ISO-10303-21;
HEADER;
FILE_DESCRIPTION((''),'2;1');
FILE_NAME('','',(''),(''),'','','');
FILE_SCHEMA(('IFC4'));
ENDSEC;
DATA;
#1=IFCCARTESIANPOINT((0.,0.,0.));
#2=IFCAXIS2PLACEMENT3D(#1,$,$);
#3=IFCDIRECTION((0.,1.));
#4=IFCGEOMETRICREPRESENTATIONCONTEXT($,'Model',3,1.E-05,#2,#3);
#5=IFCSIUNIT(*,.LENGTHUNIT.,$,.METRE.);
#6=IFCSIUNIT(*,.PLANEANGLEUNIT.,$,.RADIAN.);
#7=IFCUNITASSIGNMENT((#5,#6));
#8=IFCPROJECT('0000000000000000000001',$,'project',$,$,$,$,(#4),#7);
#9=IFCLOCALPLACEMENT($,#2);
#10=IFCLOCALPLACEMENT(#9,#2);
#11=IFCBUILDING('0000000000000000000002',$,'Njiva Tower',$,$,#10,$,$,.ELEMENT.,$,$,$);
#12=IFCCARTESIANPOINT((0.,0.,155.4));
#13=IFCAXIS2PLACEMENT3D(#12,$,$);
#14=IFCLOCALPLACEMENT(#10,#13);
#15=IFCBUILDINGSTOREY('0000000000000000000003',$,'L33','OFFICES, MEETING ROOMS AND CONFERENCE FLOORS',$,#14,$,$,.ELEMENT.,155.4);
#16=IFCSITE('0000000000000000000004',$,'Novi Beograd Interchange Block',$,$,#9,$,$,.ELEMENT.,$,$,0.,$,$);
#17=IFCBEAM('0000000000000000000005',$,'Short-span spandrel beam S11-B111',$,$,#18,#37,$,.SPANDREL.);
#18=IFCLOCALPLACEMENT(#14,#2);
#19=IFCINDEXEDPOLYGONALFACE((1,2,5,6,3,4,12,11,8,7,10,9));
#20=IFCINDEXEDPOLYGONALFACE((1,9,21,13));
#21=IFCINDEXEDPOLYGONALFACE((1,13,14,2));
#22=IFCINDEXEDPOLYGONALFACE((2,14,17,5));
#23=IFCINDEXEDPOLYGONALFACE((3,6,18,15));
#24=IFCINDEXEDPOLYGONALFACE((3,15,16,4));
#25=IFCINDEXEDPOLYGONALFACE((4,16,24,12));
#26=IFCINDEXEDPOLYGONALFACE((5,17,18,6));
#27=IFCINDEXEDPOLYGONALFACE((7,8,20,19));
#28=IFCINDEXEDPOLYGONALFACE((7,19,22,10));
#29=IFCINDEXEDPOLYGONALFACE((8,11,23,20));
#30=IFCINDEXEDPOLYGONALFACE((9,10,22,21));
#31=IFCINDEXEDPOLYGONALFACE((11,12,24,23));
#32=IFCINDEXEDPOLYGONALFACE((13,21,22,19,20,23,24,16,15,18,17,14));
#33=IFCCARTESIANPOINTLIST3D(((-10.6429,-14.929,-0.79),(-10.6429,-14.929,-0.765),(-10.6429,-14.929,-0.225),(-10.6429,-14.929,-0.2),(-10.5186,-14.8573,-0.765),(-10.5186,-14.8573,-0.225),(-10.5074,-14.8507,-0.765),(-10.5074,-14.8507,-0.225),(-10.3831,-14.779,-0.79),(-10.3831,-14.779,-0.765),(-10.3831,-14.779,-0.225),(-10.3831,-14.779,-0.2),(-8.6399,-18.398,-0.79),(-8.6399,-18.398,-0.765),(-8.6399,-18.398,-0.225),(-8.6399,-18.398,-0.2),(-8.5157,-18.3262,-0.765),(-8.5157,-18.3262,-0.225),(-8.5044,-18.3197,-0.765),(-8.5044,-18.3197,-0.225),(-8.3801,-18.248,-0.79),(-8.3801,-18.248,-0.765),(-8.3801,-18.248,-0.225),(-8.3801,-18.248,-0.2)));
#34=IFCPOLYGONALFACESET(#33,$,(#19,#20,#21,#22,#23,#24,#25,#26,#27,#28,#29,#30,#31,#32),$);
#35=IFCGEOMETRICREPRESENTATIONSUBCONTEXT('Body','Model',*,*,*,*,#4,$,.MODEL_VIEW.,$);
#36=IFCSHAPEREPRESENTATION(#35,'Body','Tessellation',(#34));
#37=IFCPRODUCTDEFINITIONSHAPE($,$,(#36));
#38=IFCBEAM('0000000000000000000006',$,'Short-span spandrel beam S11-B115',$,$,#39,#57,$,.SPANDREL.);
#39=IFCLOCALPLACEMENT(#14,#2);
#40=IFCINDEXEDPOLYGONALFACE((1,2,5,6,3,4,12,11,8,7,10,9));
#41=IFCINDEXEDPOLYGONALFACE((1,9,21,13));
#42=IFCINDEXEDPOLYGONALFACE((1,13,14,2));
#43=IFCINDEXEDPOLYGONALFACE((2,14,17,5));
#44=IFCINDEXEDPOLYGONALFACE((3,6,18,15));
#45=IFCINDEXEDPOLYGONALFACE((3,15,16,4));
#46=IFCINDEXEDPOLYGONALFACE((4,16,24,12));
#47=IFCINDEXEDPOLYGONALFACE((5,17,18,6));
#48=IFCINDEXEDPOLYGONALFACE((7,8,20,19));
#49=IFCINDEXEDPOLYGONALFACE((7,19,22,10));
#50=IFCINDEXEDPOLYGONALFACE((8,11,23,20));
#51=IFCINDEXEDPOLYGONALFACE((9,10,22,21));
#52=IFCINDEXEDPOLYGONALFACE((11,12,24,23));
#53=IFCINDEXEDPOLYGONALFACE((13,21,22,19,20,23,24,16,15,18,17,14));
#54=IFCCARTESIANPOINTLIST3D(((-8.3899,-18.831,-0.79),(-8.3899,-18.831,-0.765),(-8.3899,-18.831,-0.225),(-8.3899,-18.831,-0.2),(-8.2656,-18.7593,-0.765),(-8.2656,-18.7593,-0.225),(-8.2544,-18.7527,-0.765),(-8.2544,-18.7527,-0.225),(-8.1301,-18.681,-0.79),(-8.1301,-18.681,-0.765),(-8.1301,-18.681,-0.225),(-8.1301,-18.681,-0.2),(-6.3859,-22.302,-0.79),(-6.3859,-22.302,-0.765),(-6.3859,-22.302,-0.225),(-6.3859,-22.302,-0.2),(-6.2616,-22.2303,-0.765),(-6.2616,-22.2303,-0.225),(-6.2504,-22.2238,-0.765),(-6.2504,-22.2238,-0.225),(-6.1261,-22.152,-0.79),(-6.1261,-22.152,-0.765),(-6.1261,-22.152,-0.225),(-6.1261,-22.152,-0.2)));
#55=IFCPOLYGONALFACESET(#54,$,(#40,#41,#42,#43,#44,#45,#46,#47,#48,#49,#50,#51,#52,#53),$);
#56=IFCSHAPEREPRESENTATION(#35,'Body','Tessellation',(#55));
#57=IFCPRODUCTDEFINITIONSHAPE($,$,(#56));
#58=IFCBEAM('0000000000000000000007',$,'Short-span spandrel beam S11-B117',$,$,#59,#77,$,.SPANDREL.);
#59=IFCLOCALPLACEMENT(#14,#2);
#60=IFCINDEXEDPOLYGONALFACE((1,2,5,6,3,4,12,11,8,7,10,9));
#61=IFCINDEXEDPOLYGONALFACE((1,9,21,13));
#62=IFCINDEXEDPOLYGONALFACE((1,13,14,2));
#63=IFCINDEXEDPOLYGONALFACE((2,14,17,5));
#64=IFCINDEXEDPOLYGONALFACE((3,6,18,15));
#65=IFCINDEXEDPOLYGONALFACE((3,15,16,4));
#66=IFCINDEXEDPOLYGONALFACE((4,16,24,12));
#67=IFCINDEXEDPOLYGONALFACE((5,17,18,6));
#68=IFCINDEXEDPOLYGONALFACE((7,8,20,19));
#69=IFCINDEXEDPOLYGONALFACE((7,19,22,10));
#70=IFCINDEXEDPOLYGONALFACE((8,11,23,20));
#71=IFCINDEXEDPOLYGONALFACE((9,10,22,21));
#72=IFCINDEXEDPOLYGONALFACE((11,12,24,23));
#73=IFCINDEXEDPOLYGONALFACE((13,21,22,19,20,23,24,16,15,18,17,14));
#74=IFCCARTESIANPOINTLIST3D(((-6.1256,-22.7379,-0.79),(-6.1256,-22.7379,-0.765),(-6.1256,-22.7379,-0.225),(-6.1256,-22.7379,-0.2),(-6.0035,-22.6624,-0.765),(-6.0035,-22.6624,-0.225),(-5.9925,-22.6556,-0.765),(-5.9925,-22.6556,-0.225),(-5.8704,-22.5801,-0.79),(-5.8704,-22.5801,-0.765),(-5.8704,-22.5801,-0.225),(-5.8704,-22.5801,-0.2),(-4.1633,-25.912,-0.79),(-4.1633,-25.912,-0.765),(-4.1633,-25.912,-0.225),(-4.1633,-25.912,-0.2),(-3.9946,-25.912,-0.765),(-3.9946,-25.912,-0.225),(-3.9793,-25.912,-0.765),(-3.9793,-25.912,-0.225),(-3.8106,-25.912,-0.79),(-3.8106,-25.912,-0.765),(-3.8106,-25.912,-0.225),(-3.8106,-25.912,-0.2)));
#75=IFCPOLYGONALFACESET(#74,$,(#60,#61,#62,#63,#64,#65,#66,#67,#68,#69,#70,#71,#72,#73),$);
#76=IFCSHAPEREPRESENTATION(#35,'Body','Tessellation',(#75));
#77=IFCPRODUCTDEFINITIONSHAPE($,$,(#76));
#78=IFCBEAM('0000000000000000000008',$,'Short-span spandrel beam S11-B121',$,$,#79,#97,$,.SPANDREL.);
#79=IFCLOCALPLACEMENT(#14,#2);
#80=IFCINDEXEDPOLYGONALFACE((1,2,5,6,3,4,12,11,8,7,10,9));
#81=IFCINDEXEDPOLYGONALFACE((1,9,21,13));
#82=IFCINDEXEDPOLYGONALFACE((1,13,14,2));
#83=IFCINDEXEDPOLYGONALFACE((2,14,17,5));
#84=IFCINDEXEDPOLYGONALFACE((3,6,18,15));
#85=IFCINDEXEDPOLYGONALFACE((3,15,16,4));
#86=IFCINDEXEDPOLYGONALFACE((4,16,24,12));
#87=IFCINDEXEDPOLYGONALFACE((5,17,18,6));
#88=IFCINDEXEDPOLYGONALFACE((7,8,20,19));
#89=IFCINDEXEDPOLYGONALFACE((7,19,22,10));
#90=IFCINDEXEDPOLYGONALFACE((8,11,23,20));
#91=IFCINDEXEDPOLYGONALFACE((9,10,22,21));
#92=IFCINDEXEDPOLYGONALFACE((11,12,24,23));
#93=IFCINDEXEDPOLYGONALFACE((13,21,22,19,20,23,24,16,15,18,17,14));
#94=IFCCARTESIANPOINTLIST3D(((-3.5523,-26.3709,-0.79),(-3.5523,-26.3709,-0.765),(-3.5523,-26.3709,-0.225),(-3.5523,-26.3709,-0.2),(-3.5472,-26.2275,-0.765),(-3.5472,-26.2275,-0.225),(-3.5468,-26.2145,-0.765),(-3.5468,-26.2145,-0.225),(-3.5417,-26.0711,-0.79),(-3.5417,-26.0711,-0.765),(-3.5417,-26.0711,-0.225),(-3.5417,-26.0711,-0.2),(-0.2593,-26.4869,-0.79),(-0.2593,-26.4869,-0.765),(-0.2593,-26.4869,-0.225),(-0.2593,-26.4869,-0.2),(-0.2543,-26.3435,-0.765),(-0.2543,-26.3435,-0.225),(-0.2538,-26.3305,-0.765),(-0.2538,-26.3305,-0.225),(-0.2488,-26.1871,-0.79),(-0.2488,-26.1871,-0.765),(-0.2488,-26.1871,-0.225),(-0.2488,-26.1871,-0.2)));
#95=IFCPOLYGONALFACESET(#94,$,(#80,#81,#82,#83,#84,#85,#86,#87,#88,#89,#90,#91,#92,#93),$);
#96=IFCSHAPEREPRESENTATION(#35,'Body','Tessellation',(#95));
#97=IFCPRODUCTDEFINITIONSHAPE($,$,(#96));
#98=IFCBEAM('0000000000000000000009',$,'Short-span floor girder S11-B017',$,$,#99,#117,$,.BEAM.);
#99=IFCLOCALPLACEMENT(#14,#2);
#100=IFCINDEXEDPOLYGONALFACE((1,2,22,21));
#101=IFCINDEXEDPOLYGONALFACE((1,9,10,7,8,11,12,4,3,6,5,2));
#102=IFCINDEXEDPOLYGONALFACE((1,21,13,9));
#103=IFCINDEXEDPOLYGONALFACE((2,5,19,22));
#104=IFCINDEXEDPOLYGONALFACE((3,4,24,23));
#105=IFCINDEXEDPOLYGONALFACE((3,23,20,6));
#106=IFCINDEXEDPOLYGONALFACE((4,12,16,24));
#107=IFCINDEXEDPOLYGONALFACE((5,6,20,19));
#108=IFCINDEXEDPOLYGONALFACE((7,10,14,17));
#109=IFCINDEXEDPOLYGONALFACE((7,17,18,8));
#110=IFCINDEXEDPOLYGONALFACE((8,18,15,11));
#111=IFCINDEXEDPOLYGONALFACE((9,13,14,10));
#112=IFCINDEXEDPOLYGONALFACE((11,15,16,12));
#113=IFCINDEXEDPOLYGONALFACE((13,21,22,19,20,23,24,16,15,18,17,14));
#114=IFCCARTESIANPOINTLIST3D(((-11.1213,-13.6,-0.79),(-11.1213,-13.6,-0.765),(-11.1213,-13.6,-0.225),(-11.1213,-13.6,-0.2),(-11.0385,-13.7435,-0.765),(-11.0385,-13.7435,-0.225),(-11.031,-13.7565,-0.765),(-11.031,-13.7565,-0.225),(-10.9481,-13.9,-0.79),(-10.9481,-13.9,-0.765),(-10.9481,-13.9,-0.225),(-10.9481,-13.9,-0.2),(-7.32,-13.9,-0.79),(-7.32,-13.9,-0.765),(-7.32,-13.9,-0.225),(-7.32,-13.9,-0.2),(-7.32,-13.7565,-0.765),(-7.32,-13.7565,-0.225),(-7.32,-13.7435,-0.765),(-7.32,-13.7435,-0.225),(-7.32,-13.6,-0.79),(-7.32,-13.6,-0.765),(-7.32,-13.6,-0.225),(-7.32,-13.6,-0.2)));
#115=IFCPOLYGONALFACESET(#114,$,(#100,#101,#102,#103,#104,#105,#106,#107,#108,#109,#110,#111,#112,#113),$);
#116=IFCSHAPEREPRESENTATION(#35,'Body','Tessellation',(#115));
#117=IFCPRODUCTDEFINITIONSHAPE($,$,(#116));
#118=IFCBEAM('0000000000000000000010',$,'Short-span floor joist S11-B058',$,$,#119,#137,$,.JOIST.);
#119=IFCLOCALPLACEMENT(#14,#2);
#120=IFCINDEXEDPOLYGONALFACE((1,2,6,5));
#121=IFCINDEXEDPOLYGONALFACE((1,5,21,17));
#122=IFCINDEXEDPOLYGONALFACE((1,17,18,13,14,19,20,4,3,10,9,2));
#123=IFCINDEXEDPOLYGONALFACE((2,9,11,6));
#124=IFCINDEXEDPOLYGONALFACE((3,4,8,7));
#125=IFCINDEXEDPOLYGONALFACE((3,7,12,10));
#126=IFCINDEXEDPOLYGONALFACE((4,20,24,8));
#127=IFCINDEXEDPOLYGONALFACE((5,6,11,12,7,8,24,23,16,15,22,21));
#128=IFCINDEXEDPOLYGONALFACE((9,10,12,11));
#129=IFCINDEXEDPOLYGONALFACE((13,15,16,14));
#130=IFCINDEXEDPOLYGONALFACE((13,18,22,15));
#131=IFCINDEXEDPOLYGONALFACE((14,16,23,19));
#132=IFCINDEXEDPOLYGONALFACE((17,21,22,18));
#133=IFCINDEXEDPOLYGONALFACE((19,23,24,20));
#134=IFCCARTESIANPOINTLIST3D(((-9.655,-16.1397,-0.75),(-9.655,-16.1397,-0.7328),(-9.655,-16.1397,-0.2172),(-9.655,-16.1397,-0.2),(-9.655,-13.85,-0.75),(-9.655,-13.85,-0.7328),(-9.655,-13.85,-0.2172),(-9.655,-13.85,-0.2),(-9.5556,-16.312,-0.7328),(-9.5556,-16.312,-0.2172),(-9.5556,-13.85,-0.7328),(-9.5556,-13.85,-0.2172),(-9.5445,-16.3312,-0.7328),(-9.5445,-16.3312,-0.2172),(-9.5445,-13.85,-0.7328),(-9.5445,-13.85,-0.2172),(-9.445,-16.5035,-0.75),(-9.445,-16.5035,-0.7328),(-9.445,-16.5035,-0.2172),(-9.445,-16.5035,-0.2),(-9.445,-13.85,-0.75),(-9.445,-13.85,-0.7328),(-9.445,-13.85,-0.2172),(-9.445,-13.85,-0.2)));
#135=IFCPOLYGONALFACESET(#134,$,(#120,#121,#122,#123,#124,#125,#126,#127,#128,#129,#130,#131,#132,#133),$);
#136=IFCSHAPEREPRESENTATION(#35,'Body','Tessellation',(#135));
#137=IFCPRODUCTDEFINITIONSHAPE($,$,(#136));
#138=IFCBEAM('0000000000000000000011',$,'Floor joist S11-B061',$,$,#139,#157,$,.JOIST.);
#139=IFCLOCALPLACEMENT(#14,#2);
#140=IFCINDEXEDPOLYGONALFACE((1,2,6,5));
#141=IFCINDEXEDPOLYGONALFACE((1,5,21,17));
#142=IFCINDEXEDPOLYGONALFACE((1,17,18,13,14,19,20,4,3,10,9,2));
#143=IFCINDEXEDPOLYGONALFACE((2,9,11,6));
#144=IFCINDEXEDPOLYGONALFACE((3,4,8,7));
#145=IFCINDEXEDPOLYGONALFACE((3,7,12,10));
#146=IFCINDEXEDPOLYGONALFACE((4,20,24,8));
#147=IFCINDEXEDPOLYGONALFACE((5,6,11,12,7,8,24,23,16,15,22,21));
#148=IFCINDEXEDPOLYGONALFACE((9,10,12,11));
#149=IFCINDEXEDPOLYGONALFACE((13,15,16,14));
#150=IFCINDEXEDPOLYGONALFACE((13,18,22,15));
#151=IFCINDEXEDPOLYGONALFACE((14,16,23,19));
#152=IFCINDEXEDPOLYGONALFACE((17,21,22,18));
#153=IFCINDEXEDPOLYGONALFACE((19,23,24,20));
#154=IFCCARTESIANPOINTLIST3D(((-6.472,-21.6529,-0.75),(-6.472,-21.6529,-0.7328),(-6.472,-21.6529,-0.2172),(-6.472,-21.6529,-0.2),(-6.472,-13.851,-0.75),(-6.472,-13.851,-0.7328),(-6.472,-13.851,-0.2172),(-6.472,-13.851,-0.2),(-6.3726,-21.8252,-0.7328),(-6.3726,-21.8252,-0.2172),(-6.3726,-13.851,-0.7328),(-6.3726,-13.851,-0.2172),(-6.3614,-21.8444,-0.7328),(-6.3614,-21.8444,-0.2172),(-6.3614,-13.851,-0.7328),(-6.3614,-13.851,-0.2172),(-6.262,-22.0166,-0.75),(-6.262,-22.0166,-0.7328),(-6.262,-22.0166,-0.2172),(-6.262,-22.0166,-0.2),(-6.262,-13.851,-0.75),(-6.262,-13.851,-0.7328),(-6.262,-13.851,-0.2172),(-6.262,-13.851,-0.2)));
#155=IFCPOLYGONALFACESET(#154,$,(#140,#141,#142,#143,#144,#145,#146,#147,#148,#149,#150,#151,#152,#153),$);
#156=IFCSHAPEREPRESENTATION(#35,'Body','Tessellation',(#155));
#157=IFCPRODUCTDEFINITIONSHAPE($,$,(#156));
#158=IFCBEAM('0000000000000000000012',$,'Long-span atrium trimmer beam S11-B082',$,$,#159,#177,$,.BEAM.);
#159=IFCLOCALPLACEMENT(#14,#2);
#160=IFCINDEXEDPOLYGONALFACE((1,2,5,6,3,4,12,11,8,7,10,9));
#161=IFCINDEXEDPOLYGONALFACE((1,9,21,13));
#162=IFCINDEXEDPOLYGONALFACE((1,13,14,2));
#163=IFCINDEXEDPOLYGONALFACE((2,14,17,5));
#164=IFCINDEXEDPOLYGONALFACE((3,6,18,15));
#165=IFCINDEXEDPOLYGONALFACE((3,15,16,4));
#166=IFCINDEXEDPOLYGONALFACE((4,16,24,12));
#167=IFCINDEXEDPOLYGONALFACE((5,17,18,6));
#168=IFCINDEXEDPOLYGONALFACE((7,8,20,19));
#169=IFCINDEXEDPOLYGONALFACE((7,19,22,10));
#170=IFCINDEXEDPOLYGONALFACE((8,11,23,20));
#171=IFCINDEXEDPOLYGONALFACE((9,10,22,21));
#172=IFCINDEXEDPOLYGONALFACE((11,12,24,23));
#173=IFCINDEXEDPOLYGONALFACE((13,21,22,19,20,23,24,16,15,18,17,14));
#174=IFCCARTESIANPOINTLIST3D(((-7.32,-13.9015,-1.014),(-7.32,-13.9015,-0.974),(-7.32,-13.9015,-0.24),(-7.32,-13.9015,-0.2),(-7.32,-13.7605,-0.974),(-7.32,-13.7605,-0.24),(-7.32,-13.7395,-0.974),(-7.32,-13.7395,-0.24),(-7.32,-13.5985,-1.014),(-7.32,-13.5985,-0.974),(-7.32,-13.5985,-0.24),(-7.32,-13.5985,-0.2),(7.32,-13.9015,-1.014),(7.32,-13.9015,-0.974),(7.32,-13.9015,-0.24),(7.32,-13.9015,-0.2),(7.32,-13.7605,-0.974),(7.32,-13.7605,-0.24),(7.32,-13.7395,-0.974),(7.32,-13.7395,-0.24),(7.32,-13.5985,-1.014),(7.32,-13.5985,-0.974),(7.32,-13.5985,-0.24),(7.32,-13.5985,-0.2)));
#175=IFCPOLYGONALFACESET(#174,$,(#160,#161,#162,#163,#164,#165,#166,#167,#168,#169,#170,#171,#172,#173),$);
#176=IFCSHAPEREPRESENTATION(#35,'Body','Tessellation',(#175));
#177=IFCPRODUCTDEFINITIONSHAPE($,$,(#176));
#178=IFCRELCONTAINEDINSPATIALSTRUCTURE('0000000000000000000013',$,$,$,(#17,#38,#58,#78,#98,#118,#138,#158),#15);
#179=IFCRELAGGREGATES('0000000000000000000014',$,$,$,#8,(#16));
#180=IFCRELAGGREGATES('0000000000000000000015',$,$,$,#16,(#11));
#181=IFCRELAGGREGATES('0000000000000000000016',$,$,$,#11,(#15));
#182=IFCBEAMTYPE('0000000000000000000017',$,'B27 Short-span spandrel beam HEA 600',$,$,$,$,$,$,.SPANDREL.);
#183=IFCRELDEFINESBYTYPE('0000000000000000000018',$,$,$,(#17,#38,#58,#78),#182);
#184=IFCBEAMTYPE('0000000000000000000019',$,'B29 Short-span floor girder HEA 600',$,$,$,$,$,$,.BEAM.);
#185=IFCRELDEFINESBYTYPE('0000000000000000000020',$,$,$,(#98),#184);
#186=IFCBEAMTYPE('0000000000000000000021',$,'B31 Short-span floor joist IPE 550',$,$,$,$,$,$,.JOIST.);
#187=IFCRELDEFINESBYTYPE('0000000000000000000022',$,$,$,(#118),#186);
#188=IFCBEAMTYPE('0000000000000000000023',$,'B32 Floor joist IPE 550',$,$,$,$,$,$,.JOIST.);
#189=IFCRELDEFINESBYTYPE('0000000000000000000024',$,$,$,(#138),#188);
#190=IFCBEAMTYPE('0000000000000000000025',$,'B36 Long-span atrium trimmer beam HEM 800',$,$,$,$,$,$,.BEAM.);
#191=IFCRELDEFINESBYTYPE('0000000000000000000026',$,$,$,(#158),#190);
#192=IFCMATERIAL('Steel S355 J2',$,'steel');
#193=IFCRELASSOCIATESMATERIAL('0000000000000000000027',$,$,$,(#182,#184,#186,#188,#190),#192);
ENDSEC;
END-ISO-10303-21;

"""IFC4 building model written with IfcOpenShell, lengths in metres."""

from ifc_helpers import new_model, si_unit, direction, frame, origin, origin_2d, place, context, subcontext, project, spatial, i_section, extrude, clip, halfspace, material, material_profile, profile_set, type_object, element, save


model = new_model("IFC4")

# Units and contexts
model_context = context("Model", 3, precision=1e-05, world=origin(), true_north=direction((0.0, 1.0)))
body_context = subcontext(model_context, "Body", "Model", "MODEL_VIEW")
ifc_project = project(units=[si_unit("LENGTHUNIT", "METRE"), si_unit("PLANEANGLEUNIT", "RADIAN")], contexts=[model_context])

# Site, building, storey
site_placement = place(None, origin())
site = spatial("IfcSite", under=ifc_project, at=site_placement, Name="Novi Beograd Interchange Block", CompositionType="ELEMENT", RefElevation=0.0)
building_placement = place(site_placement, origin())
building = spatial("IfcBuilding", under=site, at=building_placement, Name="Njiva Tower", CompositionType="ELEMENT")
storey_placement = place(building_placement, frame((0.0, 0.0, 155.4)))
storey = spatial("IfcBuildingStorey", under=building, at=storey_placement, Name="L33", Description="OFFICES, MEETING ROOMS AND CONFERENCE FLOORS", CompositionType="ELEMENT", Elevation=155.4)

# Shared definitions
ifc_material_1 = material(Name="Steel S355 J2", Category="steel")

# Beams
ifc_material_profile_1 = material_profile(ifc_material_1, i_section(OverallWidth=0.3, OverallDepth=0.59, WebThickness=0.013, FlangeThickness=0.025, at=origin_2d()), Name="HEA 600")
ifc_profile_set_1 = profile_set([ifc_material_profile_1], Name="Steel S355 J2")
beam_type_1 = type_object("IfcBeamType", Name="B27 Short-span spandrel beam HEA 600", PredefinedType="SPANDREL", material=ifc_profile_set_1)
beam_1_placement = place(storey_placement, frame((-10.513, -14.854, -0.495), z_axis=(0.500032, -0.866007, 0.0), x_axis=(0.866007, 0.500032, 0.0)))
element("IfcBeam", 1, at=beam_1_placement, inside=storey, type_object=beam_type_1, Name="Short-span spandrel beam S11-B111", PredefinedType="SPANDREL", context=body_context, shape_type="SweptSolid", body=[
    extrude(i_section(OverallWidth=0.3, OverallDepth=0.59, WebThickness=0.013, FlangeThickness=0.025, at=origin_2d()), origin(), (0.0, 0.0, 1.0), 4.0057),
])
beam_2_placement = place(storey_placement, frame((-8.26, -18.756, -0.495), z_axis=(0.500003, -0.866024, 0.0), x_axis=(0.866024, 0.500003, 0.0)))
element("IfcBeam", 2, at=beam_2_placement, inside=storey, type_object=beam_type_1, Name="Short-span spandrel beam S11-B115", PredefinedType="SPANDREL", context=body_context, shape_type="SweptSolid", body=[
    extrude(i_section(OverallWidth=0.3, OverallDepth=0.59, WebThickness=0.013, FlangeThickness=0.025, at=origin_2d()), origin(), (0.0, 0.0, 1.0), 4.008),
])
beam_3_placement = place(storey_placement, frame((-5.998, -22.659, -0.495), z_axis=(0.525832, -0.850588, 0.0), x_axis=(0.850588, 0.525832, 0.0)))
element("IfcBeam", 3, at=beam_3_placement, inside=storey, type_object=beam_type_1, Name="Short-span spandrel beam S11-B117", PredefinedType="SPANDREL", context=body_context, shape_type="Clipping", body=[
    clip(extrude(i_section(OverallWidth=0.3, OverallDepth=0.59, WebThickness=0.013, FlangeThickness=0.025, at=origin_2d()), origin(), (0.0, 0.0, 1.0), 3.9374), halfspace(frame((-0.0263, 0.0, 3.8082), z_axis=(-0.525832, 0.0, 0.850588), x_axis=(0.0, 1.0, 0.0)), False)),
])
beam_4_placement = place(storey_placement, frame((-3.547, -26.221, -0.495), z_axis=(0.99938, -0.035204, 0.0), x_axis=(0.035204, 0.99938, 0.0)))
element("IfcBeam", 4, at=beam_4_placement, inside=storey, type_object=beam_type_1, Name="Short-span spandrel beam S11-B121", PredefinedType="SPANDREL", context=body_context, shape_type="SweptSolid", body=[
    extrude(i_section(OverallWidth=0.3, OverallDepth=0.59, WebThickness=0.013, FlangeThickness=0.025, at=origin_2d()), origin(), (0.0, 0.0, 1.0), 3.295),
])
ifc_material_profile_2 = material_profile(ifc_material_1, i_section(OverallWidth=0.3, OverallDepth=0.59, WebThickness=0.013, FlangeThickness=0.025, at=origin_2d()), Name="HEA 600")
ifc_profile_set_2 = profile_set([ifc_material_profile_2], Name="Steel S355 J2")
beam_type_2 = type_object("IfcBeamType", Name="B29 Short-span floor girder HEA 600", PredefinedType="BEAM", material=ifc_profile_set_2)
beam_5_placement = place(storey_placement, frame((-11.142, -13.75, -0.495), z_axis=(1.0, 0.0, 0.0), x_axis=(0.0, 1.0, 0.0)))
element("IfcBeam", 5, at=beam_5_placement, inside=storey, type_object=beam_type_2, Name="Short-span floor girder S11-B017", PredefinedType="BEAM", context=body_context, shape_type="Clipping", body=[
    clip(extrude(i_section(OverallWidth=0.3, OverallDepth=0.59, WebThickness=0.013, FlangeThickness=0.025, at=origin_2d()), origin(), (0.0, 0.0, 1.0), 3.822), halfspace(frame((-0.025, 0.0, 0.1217), z_axis=(-0.499998, 0.0, -0.866027), x_axis=(0.0, -1.0, 0.0)), False)),
])
ifc_material_profile_3 = material_profile(ifc_material_1, i_section(OverallWidth=0.21, OverallDepth=0.55, WebThickness=0.0111, FlangeThickness=0.0172, at=origin_2d()), Name="IPE 550")
ifc_profile_set_3 = profile_set([ifc_material_profile_3], Name="Steel S355 J2")
beam_type_3 = type_object("IfcBeamType", Name="B31 Short-span floor joist IPE 550", PredefinedType="JOIST", material=ifc_profile_set_3)
beam_6_placement = place(storey_placement, frame((-9.55, -13.85, -0.475), z_axis=(0.0, -1.0, 0.0), x_axis=(1.0, 0.0, 0.0)))
element("IfcBeam", 6, at=beam_6_placement, inside=storey, type_object=beam_type_3, Name="Short-span floor joist S11-B058", PredefinedType="JOIST", context=body_context, shape_type="Clipping", body=[
    clip(extrude(i_section(OverallWidth=0.21, OverallDepth=0.55, WebThickness=0.0111, FlangeThickness=0.0172, at=origin_2d()), origin(), (0.0, 0.0, 1.0), 2.674), halfspace(frame((-0.0433, 0.0, 2.3966), z_axis=(-0.866027, 0.0, 0.499998), x_axis=(0.0, 1.0, 0.0)), False)),
])
ifc_material_profile_4 = material_profile(ifc_material_1, i_section(OverallWidth=0.21, OverallDepth=0.55, WebThickness=0.0111, FlangeThickness=0.0172, at=origin_2d()), Name="IPE 550")
ifc_profile_set_4 = profile_set([ifc_material_profile_4], Name="Steel S355 J2")
beam_type_4 = type_object("IfcBeamType", Name="B32 Floor joist IPE 550", PredefinedType="JOIST", material=ifc_profile_set_4)
beam_7_placement = place(storey_placement, frame((-6.367, -13.851, -0.475), z_axis=(0.0, -1.0, 0.0), x_axis=(1.0, 0.0, 0.0)))
element("IfcBeam", 7, at=beam_7_placement, inside=storey, type_object=beam_type_4, Name="Floor joist S11-B061", PredefinedType="JOIST", context=body_context, shape_type="Clipping", body=[
    clip(extrude(i_section(OverallWidth=0.21, OverallDepth=0.55, WebThickness=0.0111, FlangeThickness=0.0172, at=origin_2d()), origin(), (0.0, 0.0, 1.0), 8.186), halfspace(frame((-0.043, 0.0, 7.9093), z_axis=(-0.866027, 0.0, 0.499998), x_axis=(0.0, 1.0, 0.0)), False)),
])
ifc_material_profile_5 = material_profile(ifc_material_1, i_section(OverallWidth=0.303, OverallDepth=0.814, WebThickness=0.021, FlangeThickness=0.04, at=origin_2d()), Name="HEM 800")
ifc_profile_set_5 = profile_set([ifc_material_profile_5], Name="Steel S355 J2")
beam_type_5 = type_object("IfcBeamType", Name="B36 Long-span atrium trimmer beam HEM 800", PredefinedType="BEAM", material=ifc_profile_set_5)
beam_8_placement = place(storey_placement, frame((-7.32, -13.75, -0.607), z_axis=(1.0, 0.0, 0.0), x_axis=(0.0, 1.0, 0.0)))
element("IfcBeam", 8, at=beam_8_placement, inside=storey, type_object=beam_type_5, Name="Long-span atrium trimmer beam S11-B082", PredefinedType="BEAM", context=body_context, shape_type="SweptSolid", body=[
    extrude(i_section(OverallWidth=0.303, OverallDepth=0.814, WebThickness=0.021, FlangeThickness=0.04, at=origin_2d()), origin(), (0.0, 0.0, 1.0), 14.64),
])

save(model, "model.ifc")
